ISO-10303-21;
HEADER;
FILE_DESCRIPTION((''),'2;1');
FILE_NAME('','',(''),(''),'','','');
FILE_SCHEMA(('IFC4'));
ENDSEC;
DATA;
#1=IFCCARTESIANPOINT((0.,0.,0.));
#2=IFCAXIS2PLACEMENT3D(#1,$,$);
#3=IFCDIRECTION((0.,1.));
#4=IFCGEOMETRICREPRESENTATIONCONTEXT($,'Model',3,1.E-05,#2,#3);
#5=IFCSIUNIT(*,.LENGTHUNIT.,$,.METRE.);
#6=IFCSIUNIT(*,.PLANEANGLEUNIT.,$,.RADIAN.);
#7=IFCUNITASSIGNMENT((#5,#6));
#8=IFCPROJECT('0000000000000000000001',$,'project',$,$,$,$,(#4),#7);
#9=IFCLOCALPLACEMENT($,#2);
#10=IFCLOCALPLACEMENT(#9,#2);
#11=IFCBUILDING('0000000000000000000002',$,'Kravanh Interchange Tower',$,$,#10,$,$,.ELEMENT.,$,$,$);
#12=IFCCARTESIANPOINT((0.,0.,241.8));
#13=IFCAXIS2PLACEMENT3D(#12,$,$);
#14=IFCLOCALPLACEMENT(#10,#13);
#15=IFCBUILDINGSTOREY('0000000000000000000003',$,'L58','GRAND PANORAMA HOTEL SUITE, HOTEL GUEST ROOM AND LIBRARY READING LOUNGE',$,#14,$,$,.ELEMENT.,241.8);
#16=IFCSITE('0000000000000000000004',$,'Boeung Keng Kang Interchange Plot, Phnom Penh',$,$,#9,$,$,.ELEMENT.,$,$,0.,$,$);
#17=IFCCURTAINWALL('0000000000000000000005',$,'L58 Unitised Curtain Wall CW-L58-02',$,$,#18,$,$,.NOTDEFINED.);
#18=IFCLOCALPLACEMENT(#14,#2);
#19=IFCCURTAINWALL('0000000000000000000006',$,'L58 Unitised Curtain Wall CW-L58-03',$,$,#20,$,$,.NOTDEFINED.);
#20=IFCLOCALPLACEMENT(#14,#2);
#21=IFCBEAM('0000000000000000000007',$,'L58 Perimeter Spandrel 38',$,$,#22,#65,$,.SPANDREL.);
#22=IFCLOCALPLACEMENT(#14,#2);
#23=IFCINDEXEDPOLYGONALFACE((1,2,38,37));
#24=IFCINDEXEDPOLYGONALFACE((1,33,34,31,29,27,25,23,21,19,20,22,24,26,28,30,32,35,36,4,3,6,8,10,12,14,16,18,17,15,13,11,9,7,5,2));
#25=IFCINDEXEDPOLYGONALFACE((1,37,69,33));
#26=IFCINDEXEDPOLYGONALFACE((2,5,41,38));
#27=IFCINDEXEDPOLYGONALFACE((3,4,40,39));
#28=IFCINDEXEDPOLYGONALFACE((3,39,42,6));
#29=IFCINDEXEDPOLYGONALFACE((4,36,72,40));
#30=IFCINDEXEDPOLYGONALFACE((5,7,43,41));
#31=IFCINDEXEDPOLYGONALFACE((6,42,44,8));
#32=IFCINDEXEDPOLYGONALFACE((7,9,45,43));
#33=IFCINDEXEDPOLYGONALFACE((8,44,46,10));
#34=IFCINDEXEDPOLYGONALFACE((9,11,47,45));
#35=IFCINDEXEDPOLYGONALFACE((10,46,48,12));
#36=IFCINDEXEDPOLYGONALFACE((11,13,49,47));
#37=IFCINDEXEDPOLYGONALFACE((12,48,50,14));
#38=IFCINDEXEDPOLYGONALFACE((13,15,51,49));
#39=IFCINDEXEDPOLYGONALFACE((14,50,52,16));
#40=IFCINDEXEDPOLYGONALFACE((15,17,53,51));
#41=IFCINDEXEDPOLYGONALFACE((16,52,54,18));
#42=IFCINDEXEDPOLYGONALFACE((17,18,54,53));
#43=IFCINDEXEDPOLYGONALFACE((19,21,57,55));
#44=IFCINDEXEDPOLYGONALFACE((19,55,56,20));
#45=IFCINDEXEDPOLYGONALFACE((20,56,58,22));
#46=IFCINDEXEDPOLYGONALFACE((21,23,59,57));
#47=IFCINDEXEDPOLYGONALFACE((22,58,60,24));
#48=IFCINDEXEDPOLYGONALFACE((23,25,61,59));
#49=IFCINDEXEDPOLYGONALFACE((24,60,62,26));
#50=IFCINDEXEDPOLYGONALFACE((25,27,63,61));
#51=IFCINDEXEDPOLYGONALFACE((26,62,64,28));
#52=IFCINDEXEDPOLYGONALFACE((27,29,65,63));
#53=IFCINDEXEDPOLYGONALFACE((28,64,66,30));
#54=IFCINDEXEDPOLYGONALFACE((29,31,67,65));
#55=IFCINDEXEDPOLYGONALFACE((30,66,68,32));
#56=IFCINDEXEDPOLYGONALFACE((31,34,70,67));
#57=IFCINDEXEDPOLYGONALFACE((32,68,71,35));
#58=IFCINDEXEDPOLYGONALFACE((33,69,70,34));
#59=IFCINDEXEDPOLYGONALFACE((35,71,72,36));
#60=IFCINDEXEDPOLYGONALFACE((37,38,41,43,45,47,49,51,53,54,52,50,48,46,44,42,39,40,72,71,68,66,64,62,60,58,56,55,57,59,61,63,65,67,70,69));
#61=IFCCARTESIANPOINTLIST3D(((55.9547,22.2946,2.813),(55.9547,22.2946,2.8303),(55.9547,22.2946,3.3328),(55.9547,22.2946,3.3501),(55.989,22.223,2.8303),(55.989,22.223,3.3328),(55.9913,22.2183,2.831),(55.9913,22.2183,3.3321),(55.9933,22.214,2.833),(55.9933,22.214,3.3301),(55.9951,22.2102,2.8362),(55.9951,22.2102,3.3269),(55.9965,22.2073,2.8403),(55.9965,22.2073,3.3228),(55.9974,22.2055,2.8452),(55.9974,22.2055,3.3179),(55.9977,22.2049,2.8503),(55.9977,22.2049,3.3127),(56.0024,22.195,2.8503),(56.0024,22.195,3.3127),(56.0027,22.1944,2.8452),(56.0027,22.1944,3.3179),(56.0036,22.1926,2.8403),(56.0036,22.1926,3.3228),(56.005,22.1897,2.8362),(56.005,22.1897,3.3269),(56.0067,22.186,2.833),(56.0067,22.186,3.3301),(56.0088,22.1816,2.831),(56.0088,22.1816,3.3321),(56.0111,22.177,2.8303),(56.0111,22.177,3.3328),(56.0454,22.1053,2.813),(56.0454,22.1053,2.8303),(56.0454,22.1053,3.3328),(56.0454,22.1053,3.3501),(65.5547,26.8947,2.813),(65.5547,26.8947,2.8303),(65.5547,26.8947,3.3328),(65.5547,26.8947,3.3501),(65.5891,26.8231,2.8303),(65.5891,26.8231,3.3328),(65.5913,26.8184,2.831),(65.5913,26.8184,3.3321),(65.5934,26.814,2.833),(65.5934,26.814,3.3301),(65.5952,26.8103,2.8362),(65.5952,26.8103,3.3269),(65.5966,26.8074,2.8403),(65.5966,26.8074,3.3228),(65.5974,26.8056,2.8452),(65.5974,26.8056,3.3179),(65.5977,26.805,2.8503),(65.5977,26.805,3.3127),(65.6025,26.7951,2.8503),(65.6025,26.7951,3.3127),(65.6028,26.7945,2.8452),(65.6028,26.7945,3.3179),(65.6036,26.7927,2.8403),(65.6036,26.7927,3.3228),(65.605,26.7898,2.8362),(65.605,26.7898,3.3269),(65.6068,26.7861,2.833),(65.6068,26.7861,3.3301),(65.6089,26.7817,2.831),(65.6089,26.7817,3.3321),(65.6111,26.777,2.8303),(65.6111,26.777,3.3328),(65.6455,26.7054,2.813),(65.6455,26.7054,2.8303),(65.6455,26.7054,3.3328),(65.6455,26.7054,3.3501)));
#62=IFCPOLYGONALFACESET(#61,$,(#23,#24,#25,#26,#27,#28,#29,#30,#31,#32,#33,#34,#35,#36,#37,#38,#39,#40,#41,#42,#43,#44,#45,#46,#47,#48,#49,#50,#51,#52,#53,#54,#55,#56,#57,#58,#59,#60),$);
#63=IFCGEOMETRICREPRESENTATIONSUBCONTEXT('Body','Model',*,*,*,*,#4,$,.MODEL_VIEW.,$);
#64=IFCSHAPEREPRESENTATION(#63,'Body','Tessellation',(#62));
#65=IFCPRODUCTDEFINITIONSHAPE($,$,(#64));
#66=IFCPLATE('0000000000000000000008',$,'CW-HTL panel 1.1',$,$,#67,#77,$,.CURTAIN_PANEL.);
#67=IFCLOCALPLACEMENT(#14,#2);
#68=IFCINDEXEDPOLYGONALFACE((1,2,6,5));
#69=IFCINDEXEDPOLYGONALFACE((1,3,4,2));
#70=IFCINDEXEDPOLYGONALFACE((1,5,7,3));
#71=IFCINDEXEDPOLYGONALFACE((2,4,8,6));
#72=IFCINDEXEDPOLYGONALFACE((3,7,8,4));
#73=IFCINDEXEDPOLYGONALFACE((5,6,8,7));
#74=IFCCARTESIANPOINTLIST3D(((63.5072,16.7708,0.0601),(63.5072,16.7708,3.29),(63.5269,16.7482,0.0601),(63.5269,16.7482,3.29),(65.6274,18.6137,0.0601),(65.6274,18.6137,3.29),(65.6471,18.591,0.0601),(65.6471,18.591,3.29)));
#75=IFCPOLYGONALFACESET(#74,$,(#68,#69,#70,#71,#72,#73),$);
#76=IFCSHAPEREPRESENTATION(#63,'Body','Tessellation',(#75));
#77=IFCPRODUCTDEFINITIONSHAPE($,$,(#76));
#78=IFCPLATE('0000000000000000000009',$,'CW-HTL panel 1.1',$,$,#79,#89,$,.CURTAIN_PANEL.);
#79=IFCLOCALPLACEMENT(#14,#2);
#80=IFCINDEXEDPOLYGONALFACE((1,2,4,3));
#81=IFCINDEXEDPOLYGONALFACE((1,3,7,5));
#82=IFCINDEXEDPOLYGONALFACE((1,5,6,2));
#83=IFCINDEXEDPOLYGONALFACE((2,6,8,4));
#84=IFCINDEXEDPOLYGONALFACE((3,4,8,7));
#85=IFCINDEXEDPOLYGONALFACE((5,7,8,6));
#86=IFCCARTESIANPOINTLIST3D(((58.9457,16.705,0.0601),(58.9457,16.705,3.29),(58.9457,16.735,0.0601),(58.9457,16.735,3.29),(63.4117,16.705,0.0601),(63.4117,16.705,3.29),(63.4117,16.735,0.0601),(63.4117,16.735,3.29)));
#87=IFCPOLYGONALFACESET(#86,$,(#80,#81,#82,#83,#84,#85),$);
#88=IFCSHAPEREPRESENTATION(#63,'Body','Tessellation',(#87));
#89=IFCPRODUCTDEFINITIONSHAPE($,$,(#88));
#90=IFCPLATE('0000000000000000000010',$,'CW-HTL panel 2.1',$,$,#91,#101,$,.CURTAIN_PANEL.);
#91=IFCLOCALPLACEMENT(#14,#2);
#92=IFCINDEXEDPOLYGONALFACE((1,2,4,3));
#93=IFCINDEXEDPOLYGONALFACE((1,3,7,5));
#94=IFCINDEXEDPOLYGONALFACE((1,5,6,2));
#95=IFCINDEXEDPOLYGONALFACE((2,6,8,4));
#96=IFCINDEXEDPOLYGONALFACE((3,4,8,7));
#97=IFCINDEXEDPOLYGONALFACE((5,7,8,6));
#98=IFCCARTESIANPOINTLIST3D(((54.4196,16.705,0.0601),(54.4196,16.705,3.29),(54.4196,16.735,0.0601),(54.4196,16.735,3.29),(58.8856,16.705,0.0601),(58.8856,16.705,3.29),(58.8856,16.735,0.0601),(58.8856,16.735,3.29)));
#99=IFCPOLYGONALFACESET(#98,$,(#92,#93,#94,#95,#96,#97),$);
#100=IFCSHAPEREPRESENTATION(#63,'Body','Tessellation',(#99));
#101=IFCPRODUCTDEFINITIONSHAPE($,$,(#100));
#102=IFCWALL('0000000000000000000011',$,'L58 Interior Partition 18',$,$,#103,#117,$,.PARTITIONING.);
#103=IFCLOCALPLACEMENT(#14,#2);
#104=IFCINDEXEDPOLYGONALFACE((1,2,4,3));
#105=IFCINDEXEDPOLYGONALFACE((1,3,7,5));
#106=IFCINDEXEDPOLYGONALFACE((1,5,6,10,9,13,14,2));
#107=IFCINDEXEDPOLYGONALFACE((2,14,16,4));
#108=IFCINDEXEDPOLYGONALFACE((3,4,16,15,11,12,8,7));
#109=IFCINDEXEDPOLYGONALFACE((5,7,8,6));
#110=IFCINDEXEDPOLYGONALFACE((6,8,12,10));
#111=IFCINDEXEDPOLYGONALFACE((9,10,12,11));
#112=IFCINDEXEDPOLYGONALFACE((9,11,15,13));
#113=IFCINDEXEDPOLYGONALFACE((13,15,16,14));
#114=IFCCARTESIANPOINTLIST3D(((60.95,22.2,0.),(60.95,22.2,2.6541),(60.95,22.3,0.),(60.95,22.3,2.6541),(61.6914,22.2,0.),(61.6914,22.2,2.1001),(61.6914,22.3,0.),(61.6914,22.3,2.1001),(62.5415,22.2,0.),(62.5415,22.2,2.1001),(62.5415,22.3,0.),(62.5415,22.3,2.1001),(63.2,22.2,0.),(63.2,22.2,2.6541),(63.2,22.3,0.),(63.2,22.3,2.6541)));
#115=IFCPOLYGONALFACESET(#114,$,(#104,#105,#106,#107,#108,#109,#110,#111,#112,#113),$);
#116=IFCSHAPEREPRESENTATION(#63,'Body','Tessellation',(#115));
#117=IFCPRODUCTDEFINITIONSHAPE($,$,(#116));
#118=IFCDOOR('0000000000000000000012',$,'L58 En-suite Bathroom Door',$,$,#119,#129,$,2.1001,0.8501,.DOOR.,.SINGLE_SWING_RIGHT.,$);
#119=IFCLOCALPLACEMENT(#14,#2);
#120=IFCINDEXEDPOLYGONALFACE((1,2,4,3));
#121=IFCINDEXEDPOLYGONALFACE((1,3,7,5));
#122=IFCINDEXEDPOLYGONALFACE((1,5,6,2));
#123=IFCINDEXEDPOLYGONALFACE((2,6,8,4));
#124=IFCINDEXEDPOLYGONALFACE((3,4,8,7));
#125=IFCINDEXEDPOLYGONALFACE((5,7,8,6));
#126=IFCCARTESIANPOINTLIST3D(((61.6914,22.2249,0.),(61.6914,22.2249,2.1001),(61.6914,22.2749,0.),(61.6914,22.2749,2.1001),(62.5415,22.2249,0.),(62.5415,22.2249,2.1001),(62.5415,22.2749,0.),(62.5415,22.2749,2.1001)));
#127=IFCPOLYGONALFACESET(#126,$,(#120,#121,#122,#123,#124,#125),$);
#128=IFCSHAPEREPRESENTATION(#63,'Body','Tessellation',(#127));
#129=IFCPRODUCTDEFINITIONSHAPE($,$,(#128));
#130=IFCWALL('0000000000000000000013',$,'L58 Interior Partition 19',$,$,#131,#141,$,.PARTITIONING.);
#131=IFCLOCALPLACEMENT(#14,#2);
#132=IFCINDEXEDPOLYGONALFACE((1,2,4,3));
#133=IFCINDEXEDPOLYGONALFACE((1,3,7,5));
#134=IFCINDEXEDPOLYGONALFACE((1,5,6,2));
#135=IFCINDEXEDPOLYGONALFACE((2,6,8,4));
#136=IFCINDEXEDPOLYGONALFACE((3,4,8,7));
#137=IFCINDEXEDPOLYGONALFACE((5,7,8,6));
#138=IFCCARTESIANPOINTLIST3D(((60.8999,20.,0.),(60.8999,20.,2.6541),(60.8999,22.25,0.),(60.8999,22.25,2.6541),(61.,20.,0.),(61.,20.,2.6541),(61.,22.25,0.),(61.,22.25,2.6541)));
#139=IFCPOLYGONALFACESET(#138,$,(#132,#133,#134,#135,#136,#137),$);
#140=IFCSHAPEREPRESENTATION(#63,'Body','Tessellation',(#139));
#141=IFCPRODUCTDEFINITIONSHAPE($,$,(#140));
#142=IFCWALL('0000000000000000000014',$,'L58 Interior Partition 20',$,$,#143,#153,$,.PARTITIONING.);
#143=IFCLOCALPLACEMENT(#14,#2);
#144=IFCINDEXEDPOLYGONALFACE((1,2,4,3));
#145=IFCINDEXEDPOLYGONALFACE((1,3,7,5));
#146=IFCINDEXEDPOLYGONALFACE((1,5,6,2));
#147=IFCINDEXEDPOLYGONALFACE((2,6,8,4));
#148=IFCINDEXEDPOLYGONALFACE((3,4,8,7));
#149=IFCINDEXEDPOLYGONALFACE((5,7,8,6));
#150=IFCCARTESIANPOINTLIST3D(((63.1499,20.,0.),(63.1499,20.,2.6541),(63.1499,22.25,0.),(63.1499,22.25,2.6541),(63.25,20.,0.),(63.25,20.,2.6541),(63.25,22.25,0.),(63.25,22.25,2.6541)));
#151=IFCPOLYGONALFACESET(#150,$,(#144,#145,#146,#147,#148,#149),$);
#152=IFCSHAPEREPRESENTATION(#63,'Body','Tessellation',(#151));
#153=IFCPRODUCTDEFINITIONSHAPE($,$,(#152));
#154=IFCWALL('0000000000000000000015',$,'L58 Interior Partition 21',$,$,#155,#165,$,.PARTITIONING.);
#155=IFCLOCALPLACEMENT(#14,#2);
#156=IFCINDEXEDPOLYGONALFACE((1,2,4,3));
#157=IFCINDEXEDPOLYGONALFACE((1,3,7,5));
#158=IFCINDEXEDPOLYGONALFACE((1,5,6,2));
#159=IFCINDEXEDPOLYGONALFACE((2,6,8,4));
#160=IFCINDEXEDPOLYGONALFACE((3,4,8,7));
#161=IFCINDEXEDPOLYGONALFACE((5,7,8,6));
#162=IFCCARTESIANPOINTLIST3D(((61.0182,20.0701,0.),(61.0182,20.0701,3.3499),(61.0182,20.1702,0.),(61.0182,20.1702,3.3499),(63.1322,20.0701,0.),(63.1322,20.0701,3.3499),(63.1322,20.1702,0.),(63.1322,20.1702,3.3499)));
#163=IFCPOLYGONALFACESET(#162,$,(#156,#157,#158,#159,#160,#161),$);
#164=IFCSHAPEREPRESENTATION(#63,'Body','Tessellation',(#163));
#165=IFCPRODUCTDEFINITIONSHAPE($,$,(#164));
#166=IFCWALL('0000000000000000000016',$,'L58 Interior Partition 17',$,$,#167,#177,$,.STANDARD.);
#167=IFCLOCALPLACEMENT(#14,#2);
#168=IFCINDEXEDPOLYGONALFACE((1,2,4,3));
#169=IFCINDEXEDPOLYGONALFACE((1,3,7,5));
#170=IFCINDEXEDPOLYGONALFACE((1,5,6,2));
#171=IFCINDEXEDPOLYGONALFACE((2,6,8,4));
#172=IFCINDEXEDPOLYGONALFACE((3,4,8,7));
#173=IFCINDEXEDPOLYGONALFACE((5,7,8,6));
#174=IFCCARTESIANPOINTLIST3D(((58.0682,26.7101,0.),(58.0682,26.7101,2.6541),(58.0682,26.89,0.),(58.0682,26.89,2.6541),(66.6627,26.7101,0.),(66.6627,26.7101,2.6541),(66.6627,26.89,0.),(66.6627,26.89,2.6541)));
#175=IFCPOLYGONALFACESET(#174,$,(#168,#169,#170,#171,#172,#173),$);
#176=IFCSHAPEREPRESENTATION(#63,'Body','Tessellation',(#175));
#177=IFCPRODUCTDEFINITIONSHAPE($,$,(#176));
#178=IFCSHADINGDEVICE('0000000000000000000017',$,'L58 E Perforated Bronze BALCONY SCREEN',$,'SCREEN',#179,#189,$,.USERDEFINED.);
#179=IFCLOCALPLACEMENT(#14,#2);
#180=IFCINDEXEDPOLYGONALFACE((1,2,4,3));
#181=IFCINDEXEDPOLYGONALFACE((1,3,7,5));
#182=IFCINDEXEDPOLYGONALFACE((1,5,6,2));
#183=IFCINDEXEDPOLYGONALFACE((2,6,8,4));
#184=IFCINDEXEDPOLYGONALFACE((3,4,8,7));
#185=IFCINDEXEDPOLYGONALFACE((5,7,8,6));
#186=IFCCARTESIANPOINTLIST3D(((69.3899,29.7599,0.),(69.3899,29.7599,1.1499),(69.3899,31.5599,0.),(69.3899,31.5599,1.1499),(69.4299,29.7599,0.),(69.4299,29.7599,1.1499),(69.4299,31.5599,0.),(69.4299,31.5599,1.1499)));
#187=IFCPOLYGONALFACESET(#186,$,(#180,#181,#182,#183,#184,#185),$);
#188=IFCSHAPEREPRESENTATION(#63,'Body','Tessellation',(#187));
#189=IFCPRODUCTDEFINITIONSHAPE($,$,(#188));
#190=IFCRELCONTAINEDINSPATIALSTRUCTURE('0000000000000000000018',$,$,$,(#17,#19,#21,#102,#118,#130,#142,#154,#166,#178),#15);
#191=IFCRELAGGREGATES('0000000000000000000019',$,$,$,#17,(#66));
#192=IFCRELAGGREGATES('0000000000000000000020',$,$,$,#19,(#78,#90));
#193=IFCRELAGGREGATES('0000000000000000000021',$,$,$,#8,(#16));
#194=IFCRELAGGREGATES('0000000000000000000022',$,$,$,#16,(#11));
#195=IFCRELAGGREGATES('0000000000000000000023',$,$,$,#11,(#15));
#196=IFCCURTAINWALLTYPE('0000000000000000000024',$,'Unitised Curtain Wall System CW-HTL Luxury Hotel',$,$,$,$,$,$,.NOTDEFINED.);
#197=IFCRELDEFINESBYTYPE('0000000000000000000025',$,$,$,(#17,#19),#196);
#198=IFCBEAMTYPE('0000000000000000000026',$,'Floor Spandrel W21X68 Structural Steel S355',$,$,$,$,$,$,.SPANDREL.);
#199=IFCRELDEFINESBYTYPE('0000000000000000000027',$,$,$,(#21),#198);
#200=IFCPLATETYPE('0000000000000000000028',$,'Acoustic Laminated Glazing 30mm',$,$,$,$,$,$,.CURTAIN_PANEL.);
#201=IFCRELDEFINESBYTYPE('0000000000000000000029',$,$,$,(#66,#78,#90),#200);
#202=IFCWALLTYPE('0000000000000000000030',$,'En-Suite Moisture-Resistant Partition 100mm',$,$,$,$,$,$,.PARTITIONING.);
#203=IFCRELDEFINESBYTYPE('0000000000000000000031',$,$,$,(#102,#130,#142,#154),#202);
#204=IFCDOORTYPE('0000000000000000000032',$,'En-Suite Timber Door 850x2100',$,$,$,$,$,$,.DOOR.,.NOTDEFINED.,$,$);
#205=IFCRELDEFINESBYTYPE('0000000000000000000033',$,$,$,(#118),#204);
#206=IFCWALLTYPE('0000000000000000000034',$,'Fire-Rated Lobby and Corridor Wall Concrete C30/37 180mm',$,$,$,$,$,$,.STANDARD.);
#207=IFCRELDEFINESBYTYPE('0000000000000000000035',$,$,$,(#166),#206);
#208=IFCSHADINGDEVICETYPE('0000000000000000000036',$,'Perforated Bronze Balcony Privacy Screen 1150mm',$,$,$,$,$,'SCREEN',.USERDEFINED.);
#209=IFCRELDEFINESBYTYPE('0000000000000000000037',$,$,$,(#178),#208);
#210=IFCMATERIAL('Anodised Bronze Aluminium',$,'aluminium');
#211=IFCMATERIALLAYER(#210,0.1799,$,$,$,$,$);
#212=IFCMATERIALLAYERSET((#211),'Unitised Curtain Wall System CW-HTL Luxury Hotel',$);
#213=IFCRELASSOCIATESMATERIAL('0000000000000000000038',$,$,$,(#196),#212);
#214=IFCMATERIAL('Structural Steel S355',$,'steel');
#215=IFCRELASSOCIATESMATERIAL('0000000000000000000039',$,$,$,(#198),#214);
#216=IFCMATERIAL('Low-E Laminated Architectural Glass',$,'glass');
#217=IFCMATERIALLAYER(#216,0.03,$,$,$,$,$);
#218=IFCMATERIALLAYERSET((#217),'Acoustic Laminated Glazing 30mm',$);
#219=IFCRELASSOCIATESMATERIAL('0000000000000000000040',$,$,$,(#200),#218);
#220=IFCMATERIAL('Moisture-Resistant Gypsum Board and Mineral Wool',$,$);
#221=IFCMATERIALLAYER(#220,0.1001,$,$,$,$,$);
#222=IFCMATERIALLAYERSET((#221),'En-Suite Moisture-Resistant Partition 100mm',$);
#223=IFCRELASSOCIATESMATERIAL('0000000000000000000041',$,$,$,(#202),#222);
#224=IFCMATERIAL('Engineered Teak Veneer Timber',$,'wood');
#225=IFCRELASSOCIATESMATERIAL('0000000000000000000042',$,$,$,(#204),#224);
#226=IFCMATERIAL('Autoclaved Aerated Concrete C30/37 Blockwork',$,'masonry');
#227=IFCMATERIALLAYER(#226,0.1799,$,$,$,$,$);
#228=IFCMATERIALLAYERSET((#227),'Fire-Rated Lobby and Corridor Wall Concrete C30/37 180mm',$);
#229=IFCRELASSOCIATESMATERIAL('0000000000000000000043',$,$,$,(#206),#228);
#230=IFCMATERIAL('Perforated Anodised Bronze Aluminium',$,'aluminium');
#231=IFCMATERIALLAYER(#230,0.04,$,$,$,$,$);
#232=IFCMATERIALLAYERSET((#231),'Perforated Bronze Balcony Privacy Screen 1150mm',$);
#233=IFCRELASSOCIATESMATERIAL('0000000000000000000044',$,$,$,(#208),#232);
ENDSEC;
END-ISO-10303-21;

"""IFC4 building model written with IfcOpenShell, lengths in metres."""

from ifc_helpers import new_model, si_unit, direction, frame, frame_2d, origin, origin_2d, place, context, subcontext, project, spatial, rectangle, i_section, extrude, material, layer, layer_set, material_profile, profile_set, type_object, element, fill, aggregate, save


model = new_model("IFC4")

# Units and contexts
model_context = context("Model", 3, precision=1e-05, world=origin(), true_north=direction((0.0, 1.0)))
body_context = subcontext(model_context, "Body", "Model", "MODEL_VIEW")
ifc_project = project(units=[si_unit("LENGTHUNIT", "METRE"), si_unit("PLANEANGLEUNIT", "RADIAN")], contexts=[model_context])

# Site, building, storey
site_placement = place(None, origin())
site = spatial("IfcSite", under=ifc_project, at=site_placement, Name="Boeung Keng Kang Interchange Plot, Phnom Penh", CompositionType="ELEMENT", RefElevation=0.0)
building_placement = place(site_placement, origin())
building = spatial("IfcBuilding", under=site, at=building_placement, Name="Kravanh Interchange Tower", CompositionType="ELEMENT")
storey_placement = place(building_placement, frame((0.0, 0.0, 241.8)))
storey = spatial("IfcBuildingStorey", under=building, at=storey_placement, Name="L58", Description="GRAND PANORAMA HOTEL SUITE, HOTEL GUEST ROOM AND LIBRARY READING LOUNGE", CompositionType="ELEMENT", Elevation=241.8)

# Curtain walls
ifc_material_1 = material(Name="Anodised Bronze Aluminium", Category="aluminium")
ifc_layer_1 = layer(ifc_material_1, 0.1799)
ifc_layer_set_1 = layer_set([ifc_layer_1], Name="Unitised Curtain Wall System CW-HTL Luxury Hotel")
curtain_wall_type = type_object("IfcCurtainWallType", Name="Unitised Curtain Wall System CW-HTL Luxury Hotel", PredefinedType="NOTDEFINED", material=ifc_layer_set_1)
curtain_wall_1_placement = place(storey_placement, origin())
curtain_wall_1 = element("IfcCurtainWall", 1, at=curtain_wall_1_placement, inside=storey, type_object=curtain_wall_type, Name="L58 Unitised Curtain Wall CW-L58-02", PredefinedType="NOTDEFINED")
curtain_wall_2_placement = place(storey_placement, origin())
curtain_wall_2 = element("IfcCurtainWall", 2, at=curtain_wall_2_placement, inside=storey, type_object=curtain_wall_type, Name="L58 Unitised Curtain Wall CW-L58-03", PredefinedType="NOTDEFINED")

# Beam
ifc_material_2 = material(Name="Structural Steel S355", Category="steel")
ifc_material_profile_1 = material_profile(ifc_material_2, i_section(OverallWidth=0.21, OverallDepth=0.5371, WebThickness=0.011, FlangeThickness=0.0173, FilletRadius=0.02, at=origin_2d()), Name="W21X68")
ifc_profile_set_1 = profile_set([ifc_material_profile_1], Name="Structural Steel S355")
beam_type_1 = type_object("IfcBeamType", Name="Floor Spandrel W21X68 Structural Steel S355", PredefinedType="SPANDREL", material=ifc_profile_set_1)
beam_1_placement = place(storey_placement, frame((65.6001, 26.8, 3.0815), z_axis=(-0.901814, -0.432124, 0.0), x_axis=(0.432124, -0.901814, 0.0)))
element("IfcBeam", 3, at=beam_1_placement, inside=storey, type_object=beam_type_1, Name="L58 Perimeter Spandrel 38", PredefinedType="SPANDREL", context=body_context, shape_type="SweptSolid", body=[
    extrude(i_section(OverallWidth=0.21, OverallDepth=0.5371, WebThickness=0.011, FlangeThickness=0.0173, FilletRadius=0.02, at=origin_2d()), origin(), (0.0, 0.0, 1.0), 10.6453),
])

# Plates
ifc_material_3 = material(Name="Low-E Laminated Architectural Glass", Category="glass")
ifc_layer_2 = layer(ifc_material_3, 0.03)
ifc_layer_set_2 = layer_set([ifc_layer_2], Name="Acoustic Laminated Glazing 30mm")
plate_type = type_object("IfcPlateType", Name="Acoustic Laminated Glazing 30mm", PredefinedType="CURTAIN_PANEL", material=ifc_layer_set_2)
plate_1_placement = place(storey_placement, frame((64.5771, 17.6809, 0.0601), z_axis=(0.0, 0.0, 1.0), x_axis=(-0.754732, -0.656033, 0.0)))
plate_1 = element("IfcPlate", 4, at=plate_1_placement, type_object=plate_type, Name="CW-HTL panel 1.1", PredefinedType="CURTAIN_PANEL", context=body_context, shape_type="SweptSolid", body=[
    extrude(rectangle(XDim=2.8091, YDim=0.03, at=origin_2d()), origin(), (0.0, 0.0, 1.0), 3.23),
])
aggregate(curtain_wall_1, [plate_1])
plate_2_placement = place(storey_placement, frame((61.1787, 16.72, 0.0601), z_axis=(0.0, 0.0, 1.0), x_axis=(-1.0, 0.0, 0.0)))
plate_2 = element("IfcPlate", 5, at=plate_2_placement, type_object=plate_type, Name="CW-HTL panel 1.1", PredefinedType="CURTAIN_PANEL", context=body_context, shape_type="SweptSolid", body=[
    extrude(rectangle(XDim=4.4661, YDim=0.03, at=origin_2d()), origin(), (0.0, 0.0, 1.0), 3.23),
])
plate_3_placement = place(storey_placement, frame((56.6526, 16.72, 0.0601), z_axis=(0.0, 0.0, 1.0), x_axis=(-1.0, 0.0, 0.0)))
plate_3 = element("IfcPlate", 6, at=plate_3_placement, type_object=plate_type, Name="CW-HTL panel 2.1", PredefinedType="CURTAIN_PANEL", context=body_context, shape_type="SweptSolid", body=[
    extrude(rectangle(XDim=4.4661, YDim=0.03, at=origin_2d()), origin(), (0.0, 0.0, 1.0), 3.23),
])
aggregate(curtain_wall_2, [plate_2, plate_3])

# Wall, opening, door
ifc_material_4 = material(Name="Moisture-Resistant Gypsum Board and Mineral Wool")
ifc_layer_3 = layer(ifc_material_4, 0.1001)
ifc_layer_set_3 = layer_set([ifc_layer_3], Name="En-Suite Moisture-Resistant Partition 100mm")
wall_type_1 = type_object("IfcWallType", Name="En-Suite Moisture-Resistant Partition 100mm", PredefinedType="PARTITIONING", material=ifc_layer_set_3)
wall_1_placement = place(storey_placement, frame((60.95, 22.25, 0.0), z_axis=(0.0, 0.0, 1.0), x_axis=(1.0, 0.0, 0.0)))
wall_1 = element("IfcWall", 7, at=wall_1_placement, inside=storey, type_object=wall_type_1, Name="L58 Interior Partition 18", PredefinedType="PARTITIONING", context=body_context, shape_type="SweptSolid", body=[
    extrude(rectangle(XDim=2.25, YDim=0.1001, at=frame_2d((1.125, 0.0))), origin(), (0.0, 0.0, 1.0), 2.6541),
])
opening_1_placement = place(wall_1_placement, frame((0.7415, 0.0, 0.0)))
opening_1 = element("IfcOpeningElement", 8, at=opening_1_placement, cuts=wall_1, PredefinedType="OPENING", context=body_context, shape_type="SweptSolid", body=[
    extrude(rectangle(XDim=0.8501, YDim=2.1001, at=frame_2d((0.425, 1.05))), frame((0.0, 0.0601, 0.0), z_axis=(0.0, -1.0, 0.0), x_axis=(1.0, 0.0, 0.0)), (0.0, 0.0, 1.0), 0.1201),
])
ifc_material_5 = material(Name="Engineered Teak Veneer Timber", Category="wood")
door_type_1 = type_object("IfcDoorType", Name="En-Suite Timber Door 850x2100", OperationType="NOTDEFINED", PredefinedType="DOOR", material=ifc_material_5)
door_1_placement = place(opening_1_placement, origin())
door_1 = element("IfcDoor", 9, at=door_1_placement, inside=storey, type_object=door_type_1, Name="L58 En-suite Bathroom Door", OperationType="SINGLE_SWING_RIGHT", OverallHeight=2.1001, OverallWidth=0.8501, PredefinedType="DOOR", context=body_context, shape_type="SweptSolid", body=[
    extrude(rectangle(XDim=0.8501, YDim=2.1001, at=frame_2d((0.425, 1.05))), frame((0.0, 0.0249, 0.0), z_axis=(0.0, -1.0, 0.0), x_axis=(1.0, 0.0, 0.0)), (0.0, 0.0, 1.0), 0.05),
])
fill(opening_1, door_1)

# Walls
for number, where, z_axis, x_axis, name in (
    (10, (60.95, 20.0, 0.0), (0.0, 0.0, 1.0), (0.0, 1.0, 0.0), "L58 Interior Partition 19"),
    (11, (63.2, 20.0, 0.0), (0.0, 0.0, 1.0), (0.0, 1.0, 0.0), "L58 Interior Partition 20"),
):
    element("IfcWall", number, at=place(storey_placement, frame(where, z_axis=z_axis, x_axis=x_axis)), inside=storey, type_object=wall_type_1, Name=name, PredefinedType="PARTITIONING", context=body_context, shape_type="SweptSolid", body=[
        extrude(rectangle(XDim=2.25, YDim=0.1001, at=frame_2d((1.125, 0.0))), origin(), (0.0, 0.0, 1.0), 2.6541),
    ])
wall_2_placement = place(storey_placement, frame((61.0181, 20.1201, 0.0), z_axis=(0.0, 0.0, 1.0), x_axis=(1.0, 0.0, 0.0)))
element("IfcWall", 12, at=wall_2_placement, inside=storey, type_object=wall_type_1, Name="L58 Interior Partition 21", PredefinedType="PARTITIONING", context=body_context, shape_type="SweptSolid", body=[
    extrude(rectangle(XDim=2.114, YDim=0.1001, at=frame_2d((1.0571, 0.0))), origin(), (0.0, 0.0, 1.0), 3.3499),
])

# Shared definitions
ifc_material_6 = material(Name="Autoclaved Aerated Concrete C30/37 Blockwork", Category="masonry")
ifc_layer_4 = layer(ifc_material_6, 0.1799)
ifc_layer_set_4 = layer_set([ifc_layer_4], Name="Fire-Rated Lobby and Corridor Wall Concrete C30/37 180mm")
wall_type_2 = type_object("IfcWallType", Name="Fire-Rated Lobby and Corridor Wall Concrete C30/37 180mm", PredefinedType="STANDARD", material=ifc_layer_set_4)

# Wall
wall_3_placement = place(storey_placement, frame((58.0681, 26.8, 0.0), z_axis=(0.0, 0.0, 1.0), x_axis=(1.0, 0.0, 0.0)))
element("IfcWall", 13, at=wall_3_placement, inside=storey, type_object=wall_type_2, Name="L58 Interior Partition 17", PredefinedType="STANDARD", context=body_context, shape_type="SweptSolid", body=[
    extrude(rectangle(XDim=8.5945, YDim=0.1799, at=frame_2d((4.2974, 0.0))), origin(), (0.0, 0.0, 1.0), 2.6541),
])

# Shading device
ifc_material_7 = material(Name="Perforated Anodised Bronze Aluminium", Category="aluminium")
ifc_layer_5 = layer(ifc_material_7, 0.04)
ifc_layer_set_5 = layer_set([ifc_layer_5], Name="Perforated Bronze Balcony Privacy Screen 1150mm")
shading_device_type = type_object("IfcShadingDeviceType", Name="Perforated Bronze Balcony Privacy Screen 1150mm", ElementType="SCREEN", PredefinedType="USERDEFINED", material=ifc_layer_set_5)
shading_device_placement = place(storey_placement, frame((69.4099, 30.6599, 0.0), z_axis=(0.0, 0.0, 1.0), x_axis=(1.0, 0.0, 0.0)))
element("IfcShadingDevice", 14, at=shading_device_placement, inside=storey, type_object=shading_device_type, Name="L58 E Perforated Bronze BALCONY SCREEN", ObjectType="SCREEN", PredefinedType="USERDEFINED", context=body_context, shape_type="SweptSolid", body=[
    extrude(rectangle(XDim=0.04, YDim=1.8, at=origin_2d()), origin(), (0.0, 0.0, 1.0), 1.1499),
])

save(model, "model.ifc")
